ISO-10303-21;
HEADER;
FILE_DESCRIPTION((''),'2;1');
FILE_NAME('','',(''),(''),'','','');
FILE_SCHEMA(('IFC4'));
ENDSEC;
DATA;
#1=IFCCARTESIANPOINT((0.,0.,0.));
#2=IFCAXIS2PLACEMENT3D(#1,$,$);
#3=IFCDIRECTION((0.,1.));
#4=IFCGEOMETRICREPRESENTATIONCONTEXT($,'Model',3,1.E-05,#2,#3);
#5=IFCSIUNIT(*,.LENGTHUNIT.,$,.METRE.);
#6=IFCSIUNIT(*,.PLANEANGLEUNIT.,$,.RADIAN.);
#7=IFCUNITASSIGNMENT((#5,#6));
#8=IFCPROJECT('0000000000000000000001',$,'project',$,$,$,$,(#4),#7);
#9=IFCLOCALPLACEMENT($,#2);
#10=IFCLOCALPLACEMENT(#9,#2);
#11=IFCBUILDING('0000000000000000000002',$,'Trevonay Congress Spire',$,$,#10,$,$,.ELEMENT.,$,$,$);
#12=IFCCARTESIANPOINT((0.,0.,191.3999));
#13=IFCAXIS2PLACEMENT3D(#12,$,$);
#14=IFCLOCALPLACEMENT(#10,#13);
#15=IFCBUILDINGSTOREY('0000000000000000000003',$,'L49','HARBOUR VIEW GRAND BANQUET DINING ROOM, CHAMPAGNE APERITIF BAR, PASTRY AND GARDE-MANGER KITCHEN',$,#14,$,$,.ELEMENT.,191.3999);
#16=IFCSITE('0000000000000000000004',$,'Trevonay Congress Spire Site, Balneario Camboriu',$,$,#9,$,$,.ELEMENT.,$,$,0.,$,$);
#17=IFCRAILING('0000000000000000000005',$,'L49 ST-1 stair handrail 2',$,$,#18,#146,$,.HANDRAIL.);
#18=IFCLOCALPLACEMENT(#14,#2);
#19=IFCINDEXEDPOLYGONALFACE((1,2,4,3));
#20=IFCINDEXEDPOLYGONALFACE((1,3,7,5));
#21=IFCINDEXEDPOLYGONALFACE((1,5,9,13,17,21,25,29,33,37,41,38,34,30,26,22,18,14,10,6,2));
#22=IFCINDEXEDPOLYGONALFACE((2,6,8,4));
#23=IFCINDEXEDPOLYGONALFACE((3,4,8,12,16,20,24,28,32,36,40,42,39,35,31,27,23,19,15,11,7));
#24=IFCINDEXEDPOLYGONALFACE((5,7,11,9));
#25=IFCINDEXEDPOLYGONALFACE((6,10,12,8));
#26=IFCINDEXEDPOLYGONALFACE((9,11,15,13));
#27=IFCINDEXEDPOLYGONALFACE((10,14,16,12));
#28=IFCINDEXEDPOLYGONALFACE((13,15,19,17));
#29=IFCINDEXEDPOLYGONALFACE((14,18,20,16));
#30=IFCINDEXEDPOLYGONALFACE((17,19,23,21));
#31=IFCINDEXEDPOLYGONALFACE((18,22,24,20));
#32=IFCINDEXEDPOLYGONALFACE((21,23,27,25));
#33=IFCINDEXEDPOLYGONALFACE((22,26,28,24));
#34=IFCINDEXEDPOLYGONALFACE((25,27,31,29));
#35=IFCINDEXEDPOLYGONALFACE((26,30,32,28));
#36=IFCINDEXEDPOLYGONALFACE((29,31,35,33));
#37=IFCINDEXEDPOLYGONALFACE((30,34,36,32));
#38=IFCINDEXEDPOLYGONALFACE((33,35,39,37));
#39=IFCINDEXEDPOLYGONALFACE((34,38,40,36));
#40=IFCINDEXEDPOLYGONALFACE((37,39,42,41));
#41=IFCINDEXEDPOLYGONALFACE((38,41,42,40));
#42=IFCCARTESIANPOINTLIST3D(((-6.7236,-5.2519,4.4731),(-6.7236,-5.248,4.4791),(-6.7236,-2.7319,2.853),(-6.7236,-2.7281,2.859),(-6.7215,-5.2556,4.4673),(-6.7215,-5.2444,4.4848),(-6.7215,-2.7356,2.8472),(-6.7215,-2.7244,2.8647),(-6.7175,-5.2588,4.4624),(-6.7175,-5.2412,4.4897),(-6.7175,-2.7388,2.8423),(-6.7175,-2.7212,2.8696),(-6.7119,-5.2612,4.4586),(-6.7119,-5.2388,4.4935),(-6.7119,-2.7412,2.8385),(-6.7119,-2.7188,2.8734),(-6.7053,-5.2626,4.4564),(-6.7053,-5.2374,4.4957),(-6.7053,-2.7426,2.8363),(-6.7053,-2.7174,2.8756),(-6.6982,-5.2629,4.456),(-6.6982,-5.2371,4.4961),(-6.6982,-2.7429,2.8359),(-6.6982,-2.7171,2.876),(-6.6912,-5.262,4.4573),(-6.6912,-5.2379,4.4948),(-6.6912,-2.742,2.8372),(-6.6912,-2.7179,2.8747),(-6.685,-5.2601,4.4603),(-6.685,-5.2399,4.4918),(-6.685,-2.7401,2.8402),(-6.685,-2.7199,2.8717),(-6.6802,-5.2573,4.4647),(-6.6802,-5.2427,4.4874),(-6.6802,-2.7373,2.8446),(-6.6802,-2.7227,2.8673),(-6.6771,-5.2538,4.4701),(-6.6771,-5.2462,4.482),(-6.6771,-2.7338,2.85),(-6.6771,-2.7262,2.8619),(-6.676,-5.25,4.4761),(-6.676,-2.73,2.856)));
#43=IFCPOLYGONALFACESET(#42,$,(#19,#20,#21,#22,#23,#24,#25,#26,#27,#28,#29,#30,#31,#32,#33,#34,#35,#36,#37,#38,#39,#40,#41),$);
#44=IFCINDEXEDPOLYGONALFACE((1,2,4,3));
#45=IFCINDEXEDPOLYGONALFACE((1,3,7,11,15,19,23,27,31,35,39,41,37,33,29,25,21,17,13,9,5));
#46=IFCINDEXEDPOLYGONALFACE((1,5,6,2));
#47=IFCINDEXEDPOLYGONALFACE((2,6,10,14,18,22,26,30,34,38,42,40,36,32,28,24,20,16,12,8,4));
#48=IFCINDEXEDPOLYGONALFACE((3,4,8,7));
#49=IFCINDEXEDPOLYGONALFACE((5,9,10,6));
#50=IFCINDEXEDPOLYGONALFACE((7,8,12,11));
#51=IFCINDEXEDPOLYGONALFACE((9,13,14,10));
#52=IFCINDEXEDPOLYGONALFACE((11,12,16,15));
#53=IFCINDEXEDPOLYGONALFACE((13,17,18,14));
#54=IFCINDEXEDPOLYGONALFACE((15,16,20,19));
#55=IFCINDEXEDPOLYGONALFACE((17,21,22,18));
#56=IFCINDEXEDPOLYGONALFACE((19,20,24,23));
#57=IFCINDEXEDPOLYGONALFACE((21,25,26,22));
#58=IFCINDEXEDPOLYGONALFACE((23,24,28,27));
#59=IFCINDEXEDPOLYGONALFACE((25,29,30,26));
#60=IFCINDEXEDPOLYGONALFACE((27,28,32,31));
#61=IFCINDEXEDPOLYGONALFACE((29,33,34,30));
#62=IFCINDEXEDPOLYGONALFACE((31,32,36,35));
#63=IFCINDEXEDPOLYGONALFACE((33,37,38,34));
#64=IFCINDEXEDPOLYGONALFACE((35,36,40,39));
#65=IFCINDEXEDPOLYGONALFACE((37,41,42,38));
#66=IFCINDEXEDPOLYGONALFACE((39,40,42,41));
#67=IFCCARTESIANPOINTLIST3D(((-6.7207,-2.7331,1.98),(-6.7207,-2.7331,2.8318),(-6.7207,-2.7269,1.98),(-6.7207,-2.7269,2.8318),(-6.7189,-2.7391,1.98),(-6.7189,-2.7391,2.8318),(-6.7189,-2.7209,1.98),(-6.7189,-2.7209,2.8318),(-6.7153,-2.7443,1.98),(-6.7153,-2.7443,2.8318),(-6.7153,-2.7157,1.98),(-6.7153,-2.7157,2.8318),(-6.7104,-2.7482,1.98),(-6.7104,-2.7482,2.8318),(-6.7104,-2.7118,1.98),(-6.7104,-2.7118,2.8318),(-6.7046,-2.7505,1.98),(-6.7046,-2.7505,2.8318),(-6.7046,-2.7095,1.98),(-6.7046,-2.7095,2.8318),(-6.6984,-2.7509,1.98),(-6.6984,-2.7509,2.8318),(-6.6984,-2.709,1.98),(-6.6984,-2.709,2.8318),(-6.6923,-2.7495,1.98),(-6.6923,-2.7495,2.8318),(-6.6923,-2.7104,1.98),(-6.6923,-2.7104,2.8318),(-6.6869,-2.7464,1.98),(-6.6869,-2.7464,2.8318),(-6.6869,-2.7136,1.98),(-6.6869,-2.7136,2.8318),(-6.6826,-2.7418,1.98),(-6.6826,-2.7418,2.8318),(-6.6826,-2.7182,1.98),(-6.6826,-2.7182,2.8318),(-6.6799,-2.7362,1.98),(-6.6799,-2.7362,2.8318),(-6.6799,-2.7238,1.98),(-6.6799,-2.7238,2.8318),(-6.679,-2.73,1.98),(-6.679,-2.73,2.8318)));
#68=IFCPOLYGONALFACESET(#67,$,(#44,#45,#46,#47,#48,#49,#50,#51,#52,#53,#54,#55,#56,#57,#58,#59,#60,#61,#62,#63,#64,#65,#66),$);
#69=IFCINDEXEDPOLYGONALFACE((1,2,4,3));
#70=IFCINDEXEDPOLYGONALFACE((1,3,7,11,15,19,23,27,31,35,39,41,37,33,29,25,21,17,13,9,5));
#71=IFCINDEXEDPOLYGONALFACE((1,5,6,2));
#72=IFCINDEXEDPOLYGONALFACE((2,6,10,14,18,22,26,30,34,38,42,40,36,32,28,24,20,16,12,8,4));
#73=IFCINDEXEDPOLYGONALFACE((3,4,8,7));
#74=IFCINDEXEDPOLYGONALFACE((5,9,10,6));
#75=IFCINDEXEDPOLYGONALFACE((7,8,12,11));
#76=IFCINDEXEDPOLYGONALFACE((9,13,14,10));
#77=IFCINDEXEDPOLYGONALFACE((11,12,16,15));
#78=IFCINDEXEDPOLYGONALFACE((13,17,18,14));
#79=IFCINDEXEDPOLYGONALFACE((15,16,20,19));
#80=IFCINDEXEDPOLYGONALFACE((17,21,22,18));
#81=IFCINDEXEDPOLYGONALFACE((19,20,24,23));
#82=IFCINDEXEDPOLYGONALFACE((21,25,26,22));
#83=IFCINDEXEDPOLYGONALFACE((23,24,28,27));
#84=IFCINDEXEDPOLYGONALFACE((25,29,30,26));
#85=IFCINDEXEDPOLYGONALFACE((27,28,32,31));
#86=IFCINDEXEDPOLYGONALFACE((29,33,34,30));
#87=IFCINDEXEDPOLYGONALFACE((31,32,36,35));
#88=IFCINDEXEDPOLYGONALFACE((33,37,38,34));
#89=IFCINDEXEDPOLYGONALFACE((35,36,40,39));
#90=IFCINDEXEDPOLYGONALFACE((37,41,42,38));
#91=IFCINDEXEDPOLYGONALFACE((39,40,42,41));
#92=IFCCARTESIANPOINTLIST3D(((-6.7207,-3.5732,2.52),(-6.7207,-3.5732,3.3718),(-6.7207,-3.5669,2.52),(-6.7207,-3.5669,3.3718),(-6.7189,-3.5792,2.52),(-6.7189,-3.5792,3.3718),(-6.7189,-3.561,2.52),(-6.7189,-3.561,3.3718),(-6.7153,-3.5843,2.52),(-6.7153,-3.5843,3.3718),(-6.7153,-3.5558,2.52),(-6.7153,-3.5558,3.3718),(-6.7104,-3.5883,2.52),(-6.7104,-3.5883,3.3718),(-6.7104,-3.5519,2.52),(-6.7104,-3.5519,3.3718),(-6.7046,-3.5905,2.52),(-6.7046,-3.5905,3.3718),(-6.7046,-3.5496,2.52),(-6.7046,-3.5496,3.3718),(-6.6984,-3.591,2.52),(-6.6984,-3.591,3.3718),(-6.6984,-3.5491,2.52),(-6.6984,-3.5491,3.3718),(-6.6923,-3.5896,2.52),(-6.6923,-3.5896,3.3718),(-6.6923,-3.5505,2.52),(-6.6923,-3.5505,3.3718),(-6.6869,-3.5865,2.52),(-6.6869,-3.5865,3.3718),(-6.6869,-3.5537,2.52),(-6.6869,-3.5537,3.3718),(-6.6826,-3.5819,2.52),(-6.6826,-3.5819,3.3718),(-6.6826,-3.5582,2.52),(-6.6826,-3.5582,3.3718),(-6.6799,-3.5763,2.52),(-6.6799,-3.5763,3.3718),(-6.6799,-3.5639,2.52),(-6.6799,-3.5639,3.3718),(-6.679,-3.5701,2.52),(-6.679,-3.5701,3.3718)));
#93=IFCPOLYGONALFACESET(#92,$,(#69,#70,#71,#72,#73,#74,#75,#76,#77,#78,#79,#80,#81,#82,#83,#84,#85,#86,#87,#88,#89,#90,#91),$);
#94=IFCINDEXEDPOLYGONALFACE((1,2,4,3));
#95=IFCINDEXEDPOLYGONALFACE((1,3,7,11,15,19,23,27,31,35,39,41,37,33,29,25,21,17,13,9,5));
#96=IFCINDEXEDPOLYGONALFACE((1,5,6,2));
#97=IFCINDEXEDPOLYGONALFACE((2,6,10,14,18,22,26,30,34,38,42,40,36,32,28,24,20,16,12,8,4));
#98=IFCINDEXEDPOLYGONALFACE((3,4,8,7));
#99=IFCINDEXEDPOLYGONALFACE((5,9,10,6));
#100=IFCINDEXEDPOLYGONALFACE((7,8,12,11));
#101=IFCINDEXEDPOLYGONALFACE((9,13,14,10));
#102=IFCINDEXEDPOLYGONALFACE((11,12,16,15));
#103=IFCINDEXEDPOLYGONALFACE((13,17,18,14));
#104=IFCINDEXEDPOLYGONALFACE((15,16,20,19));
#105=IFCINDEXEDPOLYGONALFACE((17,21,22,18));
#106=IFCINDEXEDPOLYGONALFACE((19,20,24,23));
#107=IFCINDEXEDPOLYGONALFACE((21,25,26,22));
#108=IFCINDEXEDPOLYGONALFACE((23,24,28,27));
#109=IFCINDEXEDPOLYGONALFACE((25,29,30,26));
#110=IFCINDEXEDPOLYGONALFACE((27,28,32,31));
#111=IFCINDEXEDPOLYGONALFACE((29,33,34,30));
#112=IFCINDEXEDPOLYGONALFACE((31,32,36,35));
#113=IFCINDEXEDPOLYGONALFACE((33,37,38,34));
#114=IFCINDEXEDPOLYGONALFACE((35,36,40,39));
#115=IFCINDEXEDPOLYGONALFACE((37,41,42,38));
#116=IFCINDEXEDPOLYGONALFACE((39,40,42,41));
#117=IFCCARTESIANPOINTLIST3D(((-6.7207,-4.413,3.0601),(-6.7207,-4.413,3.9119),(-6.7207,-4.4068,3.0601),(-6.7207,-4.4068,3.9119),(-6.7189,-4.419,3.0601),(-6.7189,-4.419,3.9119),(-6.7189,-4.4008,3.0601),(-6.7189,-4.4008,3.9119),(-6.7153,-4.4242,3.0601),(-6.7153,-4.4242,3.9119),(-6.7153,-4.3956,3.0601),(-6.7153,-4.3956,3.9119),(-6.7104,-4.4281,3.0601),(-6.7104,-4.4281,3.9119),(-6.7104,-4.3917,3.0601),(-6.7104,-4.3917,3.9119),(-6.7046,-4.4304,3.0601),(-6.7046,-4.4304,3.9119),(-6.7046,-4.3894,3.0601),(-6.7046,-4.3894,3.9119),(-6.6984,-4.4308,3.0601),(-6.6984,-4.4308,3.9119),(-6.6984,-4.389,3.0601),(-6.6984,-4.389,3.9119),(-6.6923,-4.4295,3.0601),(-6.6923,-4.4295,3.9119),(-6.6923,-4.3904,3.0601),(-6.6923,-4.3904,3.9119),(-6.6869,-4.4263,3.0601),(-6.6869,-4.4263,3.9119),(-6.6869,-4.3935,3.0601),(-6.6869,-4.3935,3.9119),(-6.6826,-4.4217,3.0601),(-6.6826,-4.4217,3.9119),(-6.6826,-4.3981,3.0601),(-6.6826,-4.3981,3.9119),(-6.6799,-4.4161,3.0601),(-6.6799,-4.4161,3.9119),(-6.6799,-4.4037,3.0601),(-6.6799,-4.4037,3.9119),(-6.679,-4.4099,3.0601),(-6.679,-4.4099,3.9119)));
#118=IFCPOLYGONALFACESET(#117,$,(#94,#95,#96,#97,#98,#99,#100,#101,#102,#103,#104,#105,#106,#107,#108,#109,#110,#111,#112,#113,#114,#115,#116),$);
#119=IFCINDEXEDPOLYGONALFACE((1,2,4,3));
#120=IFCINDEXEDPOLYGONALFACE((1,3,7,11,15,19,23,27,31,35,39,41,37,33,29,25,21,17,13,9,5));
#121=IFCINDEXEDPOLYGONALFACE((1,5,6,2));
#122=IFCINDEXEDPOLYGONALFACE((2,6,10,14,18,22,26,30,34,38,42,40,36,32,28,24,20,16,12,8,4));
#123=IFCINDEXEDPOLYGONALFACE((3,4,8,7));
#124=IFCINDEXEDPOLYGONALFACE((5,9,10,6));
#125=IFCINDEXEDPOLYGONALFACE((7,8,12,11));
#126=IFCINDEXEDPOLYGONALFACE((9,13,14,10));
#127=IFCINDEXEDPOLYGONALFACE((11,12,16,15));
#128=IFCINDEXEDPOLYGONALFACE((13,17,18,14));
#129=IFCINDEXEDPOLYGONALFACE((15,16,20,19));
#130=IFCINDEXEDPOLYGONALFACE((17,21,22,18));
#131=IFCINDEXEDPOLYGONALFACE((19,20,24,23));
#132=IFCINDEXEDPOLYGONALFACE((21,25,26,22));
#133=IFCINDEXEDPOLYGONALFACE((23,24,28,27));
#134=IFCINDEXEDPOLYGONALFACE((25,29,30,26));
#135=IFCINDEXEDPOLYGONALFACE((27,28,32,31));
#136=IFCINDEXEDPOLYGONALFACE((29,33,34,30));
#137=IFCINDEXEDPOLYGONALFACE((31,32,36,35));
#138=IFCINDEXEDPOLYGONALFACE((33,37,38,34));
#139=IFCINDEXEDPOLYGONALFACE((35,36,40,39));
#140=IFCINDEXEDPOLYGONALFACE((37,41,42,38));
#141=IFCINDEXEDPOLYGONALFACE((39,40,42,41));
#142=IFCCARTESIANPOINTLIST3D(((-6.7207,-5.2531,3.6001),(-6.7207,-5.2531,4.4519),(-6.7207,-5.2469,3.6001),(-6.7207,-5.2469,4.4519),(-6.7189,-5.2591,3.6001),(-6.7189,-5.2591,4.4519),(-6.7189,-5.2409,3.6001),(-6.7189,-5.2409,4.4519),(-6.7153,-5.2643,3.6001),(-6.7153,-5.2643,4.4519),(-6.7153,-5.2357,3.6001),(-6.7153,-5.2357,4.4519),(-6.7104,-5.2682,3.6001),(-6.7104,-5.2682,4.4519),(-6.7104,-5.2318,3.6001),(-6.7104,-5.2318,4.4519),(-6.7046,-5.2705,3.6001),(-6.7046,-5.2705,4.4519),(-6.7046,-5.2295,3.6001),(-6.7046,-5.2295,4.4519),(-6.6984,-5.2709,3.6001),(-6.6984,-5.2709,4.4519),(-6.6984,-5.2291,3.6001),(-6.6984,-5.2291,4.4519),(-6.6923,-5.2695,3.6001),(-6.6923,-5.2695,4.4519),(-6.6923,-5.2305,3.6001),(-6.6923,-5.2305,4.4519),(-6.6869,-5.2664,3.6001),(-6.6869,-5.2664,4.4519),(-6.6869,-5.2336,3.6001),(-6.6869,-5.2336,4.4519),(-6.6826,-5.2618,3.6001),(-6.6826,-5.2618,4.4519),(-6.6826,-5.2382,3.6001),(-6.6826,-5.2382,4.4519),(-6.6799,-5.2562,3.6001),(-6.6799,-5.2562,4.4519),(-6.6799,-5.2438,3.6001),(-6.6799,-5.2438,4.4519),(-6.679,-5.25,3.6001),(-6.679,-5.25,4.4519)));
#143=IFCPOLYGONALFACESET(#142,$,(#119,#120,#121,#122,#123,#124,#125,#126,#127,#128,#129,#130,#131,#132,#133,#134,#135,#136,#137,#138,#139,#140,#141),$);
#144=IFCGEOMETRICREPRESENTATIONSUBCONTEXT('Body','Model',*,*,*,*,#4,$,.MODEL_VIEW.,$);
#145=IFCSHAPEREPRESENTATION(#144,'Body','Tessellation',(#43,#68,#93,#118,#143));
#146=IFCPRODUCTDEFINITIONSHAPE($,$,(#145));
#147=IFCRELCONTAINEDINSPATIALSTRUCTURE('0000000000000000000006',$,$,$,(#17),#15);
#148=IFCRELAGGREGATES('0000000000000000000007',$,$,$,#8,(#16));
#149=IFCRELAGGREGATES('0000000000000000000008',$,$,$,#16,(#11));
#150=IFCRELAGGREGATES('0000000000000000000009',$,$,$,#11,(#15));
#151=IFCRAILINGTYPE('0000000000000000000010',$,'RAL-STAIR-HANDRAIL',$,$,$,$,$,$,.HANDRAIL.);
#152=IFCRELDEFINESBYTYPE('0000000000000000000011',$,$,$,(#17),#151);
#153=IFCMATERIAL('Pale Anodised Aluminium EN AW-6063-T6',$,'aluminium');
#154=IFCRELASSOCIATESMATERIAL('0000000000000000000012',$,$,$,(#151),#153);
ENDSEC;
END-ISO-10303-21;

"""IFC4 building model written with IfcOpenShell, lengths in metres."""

from ifc_helpers import new_model, si_unit, direction, frame, origin, origin_2d, place, context, subcontext, project, spatial, circle, extrude, material, type_object, element, save


model = new_model("IFC4")

# Units and contexts
model_context = context("Model", 3, precision=1e-05, world=origin(), true_north=direction((0.0, 1.0)))
body_context = subcontext(model_context, "Body", "Model", "MODEL_VIEW")
ifc_project = project(units=[si_unit("LENGTHUNIT", "METRE"), si_unit("PLANEANGLEUNIT", "RADIAN")], contexts=[model_context])

# Site, building, storey
site_placement = place(None, origin())
site = spatial("IfcSite", under=ifc_project, at=site_placement, Name="Trevonay Congress Spire Site, Balneario Camboriu", CompositionType="ELEMENT", RefElevation=0.0)
building_placement = place(site_placement, origin())
building = spatial("IfcBuilding", under=site, at=building_placement, Name="Trevonay Congress Spire", CompositionType="ELEMENT")
storey_placement = place(building_placement, frame((0.0, 0.0, 191.3999)))
storey = spatial("IfcBuildingStorey", under=building, at=storey_placement, Name="L49", Description="HARBOUR VIEW GRAND BANQUET DINING ROOM, CHAMPAGNE APERITIF BAR, PASTRY AND GARDE-MANGER KITCHEN", CompositionType="ELEMENT", Elevation=191.3999)

# Railing
ifc_material_1 = material(Name="Pale Anodised Aluminium EN AW-6063-T6", Category="aluminium")
railing_type_1 = type_object("IfcRailingType", Name="RAL-STAIR-HANDRAIL", PredefinedType="HANDRAIL", material=ifc_material_1)
railing_1_placement = place(storey_placement, frame((-6.7, -2.73, 1.98)))
element("IfcRailing", 1, at=railing_1_placement, inside=storey, type_object=railing_type_1, Name="L49 ST-1 stair handrail 2", PredefinedType="HANDRAIL", context=body_context, shape_type="SweptSolid", body=[
    extrude(circle(Radius=0.0239, at=origin_2d()), frame((0.0, 0.0, 0.876), z_axis=(0.0, -0.841163, 0.540782), x_axis=(1.0, 0.0, 0.0)), (0.0, 0.0, 1.0), 2.9958),
    extrude(circle(Radius=0.021, at=origin_2d()), origin(), (0.0, 0.0, 1.0), 0.8518),
    extrude(circle(Radius=0.021, at=origin_2d()), frame((0.0, -0.8401, 0.54)), (0.0, 0.0, 1.0), 0.8518),
    extrude(circle(Radius=0.021, at=origin_2d()), frame((0.0, -1.6799, 1.0801)), (0.0, 0.0, 1.0), 0.8518),
    extrude(circle(Radius=0.021, at=origin_2d()), frame((0.0, -2.52, 1.6201)), (0.0, 0.0, 1.0), 0.8518),
])

save(model, "model.ifc")
